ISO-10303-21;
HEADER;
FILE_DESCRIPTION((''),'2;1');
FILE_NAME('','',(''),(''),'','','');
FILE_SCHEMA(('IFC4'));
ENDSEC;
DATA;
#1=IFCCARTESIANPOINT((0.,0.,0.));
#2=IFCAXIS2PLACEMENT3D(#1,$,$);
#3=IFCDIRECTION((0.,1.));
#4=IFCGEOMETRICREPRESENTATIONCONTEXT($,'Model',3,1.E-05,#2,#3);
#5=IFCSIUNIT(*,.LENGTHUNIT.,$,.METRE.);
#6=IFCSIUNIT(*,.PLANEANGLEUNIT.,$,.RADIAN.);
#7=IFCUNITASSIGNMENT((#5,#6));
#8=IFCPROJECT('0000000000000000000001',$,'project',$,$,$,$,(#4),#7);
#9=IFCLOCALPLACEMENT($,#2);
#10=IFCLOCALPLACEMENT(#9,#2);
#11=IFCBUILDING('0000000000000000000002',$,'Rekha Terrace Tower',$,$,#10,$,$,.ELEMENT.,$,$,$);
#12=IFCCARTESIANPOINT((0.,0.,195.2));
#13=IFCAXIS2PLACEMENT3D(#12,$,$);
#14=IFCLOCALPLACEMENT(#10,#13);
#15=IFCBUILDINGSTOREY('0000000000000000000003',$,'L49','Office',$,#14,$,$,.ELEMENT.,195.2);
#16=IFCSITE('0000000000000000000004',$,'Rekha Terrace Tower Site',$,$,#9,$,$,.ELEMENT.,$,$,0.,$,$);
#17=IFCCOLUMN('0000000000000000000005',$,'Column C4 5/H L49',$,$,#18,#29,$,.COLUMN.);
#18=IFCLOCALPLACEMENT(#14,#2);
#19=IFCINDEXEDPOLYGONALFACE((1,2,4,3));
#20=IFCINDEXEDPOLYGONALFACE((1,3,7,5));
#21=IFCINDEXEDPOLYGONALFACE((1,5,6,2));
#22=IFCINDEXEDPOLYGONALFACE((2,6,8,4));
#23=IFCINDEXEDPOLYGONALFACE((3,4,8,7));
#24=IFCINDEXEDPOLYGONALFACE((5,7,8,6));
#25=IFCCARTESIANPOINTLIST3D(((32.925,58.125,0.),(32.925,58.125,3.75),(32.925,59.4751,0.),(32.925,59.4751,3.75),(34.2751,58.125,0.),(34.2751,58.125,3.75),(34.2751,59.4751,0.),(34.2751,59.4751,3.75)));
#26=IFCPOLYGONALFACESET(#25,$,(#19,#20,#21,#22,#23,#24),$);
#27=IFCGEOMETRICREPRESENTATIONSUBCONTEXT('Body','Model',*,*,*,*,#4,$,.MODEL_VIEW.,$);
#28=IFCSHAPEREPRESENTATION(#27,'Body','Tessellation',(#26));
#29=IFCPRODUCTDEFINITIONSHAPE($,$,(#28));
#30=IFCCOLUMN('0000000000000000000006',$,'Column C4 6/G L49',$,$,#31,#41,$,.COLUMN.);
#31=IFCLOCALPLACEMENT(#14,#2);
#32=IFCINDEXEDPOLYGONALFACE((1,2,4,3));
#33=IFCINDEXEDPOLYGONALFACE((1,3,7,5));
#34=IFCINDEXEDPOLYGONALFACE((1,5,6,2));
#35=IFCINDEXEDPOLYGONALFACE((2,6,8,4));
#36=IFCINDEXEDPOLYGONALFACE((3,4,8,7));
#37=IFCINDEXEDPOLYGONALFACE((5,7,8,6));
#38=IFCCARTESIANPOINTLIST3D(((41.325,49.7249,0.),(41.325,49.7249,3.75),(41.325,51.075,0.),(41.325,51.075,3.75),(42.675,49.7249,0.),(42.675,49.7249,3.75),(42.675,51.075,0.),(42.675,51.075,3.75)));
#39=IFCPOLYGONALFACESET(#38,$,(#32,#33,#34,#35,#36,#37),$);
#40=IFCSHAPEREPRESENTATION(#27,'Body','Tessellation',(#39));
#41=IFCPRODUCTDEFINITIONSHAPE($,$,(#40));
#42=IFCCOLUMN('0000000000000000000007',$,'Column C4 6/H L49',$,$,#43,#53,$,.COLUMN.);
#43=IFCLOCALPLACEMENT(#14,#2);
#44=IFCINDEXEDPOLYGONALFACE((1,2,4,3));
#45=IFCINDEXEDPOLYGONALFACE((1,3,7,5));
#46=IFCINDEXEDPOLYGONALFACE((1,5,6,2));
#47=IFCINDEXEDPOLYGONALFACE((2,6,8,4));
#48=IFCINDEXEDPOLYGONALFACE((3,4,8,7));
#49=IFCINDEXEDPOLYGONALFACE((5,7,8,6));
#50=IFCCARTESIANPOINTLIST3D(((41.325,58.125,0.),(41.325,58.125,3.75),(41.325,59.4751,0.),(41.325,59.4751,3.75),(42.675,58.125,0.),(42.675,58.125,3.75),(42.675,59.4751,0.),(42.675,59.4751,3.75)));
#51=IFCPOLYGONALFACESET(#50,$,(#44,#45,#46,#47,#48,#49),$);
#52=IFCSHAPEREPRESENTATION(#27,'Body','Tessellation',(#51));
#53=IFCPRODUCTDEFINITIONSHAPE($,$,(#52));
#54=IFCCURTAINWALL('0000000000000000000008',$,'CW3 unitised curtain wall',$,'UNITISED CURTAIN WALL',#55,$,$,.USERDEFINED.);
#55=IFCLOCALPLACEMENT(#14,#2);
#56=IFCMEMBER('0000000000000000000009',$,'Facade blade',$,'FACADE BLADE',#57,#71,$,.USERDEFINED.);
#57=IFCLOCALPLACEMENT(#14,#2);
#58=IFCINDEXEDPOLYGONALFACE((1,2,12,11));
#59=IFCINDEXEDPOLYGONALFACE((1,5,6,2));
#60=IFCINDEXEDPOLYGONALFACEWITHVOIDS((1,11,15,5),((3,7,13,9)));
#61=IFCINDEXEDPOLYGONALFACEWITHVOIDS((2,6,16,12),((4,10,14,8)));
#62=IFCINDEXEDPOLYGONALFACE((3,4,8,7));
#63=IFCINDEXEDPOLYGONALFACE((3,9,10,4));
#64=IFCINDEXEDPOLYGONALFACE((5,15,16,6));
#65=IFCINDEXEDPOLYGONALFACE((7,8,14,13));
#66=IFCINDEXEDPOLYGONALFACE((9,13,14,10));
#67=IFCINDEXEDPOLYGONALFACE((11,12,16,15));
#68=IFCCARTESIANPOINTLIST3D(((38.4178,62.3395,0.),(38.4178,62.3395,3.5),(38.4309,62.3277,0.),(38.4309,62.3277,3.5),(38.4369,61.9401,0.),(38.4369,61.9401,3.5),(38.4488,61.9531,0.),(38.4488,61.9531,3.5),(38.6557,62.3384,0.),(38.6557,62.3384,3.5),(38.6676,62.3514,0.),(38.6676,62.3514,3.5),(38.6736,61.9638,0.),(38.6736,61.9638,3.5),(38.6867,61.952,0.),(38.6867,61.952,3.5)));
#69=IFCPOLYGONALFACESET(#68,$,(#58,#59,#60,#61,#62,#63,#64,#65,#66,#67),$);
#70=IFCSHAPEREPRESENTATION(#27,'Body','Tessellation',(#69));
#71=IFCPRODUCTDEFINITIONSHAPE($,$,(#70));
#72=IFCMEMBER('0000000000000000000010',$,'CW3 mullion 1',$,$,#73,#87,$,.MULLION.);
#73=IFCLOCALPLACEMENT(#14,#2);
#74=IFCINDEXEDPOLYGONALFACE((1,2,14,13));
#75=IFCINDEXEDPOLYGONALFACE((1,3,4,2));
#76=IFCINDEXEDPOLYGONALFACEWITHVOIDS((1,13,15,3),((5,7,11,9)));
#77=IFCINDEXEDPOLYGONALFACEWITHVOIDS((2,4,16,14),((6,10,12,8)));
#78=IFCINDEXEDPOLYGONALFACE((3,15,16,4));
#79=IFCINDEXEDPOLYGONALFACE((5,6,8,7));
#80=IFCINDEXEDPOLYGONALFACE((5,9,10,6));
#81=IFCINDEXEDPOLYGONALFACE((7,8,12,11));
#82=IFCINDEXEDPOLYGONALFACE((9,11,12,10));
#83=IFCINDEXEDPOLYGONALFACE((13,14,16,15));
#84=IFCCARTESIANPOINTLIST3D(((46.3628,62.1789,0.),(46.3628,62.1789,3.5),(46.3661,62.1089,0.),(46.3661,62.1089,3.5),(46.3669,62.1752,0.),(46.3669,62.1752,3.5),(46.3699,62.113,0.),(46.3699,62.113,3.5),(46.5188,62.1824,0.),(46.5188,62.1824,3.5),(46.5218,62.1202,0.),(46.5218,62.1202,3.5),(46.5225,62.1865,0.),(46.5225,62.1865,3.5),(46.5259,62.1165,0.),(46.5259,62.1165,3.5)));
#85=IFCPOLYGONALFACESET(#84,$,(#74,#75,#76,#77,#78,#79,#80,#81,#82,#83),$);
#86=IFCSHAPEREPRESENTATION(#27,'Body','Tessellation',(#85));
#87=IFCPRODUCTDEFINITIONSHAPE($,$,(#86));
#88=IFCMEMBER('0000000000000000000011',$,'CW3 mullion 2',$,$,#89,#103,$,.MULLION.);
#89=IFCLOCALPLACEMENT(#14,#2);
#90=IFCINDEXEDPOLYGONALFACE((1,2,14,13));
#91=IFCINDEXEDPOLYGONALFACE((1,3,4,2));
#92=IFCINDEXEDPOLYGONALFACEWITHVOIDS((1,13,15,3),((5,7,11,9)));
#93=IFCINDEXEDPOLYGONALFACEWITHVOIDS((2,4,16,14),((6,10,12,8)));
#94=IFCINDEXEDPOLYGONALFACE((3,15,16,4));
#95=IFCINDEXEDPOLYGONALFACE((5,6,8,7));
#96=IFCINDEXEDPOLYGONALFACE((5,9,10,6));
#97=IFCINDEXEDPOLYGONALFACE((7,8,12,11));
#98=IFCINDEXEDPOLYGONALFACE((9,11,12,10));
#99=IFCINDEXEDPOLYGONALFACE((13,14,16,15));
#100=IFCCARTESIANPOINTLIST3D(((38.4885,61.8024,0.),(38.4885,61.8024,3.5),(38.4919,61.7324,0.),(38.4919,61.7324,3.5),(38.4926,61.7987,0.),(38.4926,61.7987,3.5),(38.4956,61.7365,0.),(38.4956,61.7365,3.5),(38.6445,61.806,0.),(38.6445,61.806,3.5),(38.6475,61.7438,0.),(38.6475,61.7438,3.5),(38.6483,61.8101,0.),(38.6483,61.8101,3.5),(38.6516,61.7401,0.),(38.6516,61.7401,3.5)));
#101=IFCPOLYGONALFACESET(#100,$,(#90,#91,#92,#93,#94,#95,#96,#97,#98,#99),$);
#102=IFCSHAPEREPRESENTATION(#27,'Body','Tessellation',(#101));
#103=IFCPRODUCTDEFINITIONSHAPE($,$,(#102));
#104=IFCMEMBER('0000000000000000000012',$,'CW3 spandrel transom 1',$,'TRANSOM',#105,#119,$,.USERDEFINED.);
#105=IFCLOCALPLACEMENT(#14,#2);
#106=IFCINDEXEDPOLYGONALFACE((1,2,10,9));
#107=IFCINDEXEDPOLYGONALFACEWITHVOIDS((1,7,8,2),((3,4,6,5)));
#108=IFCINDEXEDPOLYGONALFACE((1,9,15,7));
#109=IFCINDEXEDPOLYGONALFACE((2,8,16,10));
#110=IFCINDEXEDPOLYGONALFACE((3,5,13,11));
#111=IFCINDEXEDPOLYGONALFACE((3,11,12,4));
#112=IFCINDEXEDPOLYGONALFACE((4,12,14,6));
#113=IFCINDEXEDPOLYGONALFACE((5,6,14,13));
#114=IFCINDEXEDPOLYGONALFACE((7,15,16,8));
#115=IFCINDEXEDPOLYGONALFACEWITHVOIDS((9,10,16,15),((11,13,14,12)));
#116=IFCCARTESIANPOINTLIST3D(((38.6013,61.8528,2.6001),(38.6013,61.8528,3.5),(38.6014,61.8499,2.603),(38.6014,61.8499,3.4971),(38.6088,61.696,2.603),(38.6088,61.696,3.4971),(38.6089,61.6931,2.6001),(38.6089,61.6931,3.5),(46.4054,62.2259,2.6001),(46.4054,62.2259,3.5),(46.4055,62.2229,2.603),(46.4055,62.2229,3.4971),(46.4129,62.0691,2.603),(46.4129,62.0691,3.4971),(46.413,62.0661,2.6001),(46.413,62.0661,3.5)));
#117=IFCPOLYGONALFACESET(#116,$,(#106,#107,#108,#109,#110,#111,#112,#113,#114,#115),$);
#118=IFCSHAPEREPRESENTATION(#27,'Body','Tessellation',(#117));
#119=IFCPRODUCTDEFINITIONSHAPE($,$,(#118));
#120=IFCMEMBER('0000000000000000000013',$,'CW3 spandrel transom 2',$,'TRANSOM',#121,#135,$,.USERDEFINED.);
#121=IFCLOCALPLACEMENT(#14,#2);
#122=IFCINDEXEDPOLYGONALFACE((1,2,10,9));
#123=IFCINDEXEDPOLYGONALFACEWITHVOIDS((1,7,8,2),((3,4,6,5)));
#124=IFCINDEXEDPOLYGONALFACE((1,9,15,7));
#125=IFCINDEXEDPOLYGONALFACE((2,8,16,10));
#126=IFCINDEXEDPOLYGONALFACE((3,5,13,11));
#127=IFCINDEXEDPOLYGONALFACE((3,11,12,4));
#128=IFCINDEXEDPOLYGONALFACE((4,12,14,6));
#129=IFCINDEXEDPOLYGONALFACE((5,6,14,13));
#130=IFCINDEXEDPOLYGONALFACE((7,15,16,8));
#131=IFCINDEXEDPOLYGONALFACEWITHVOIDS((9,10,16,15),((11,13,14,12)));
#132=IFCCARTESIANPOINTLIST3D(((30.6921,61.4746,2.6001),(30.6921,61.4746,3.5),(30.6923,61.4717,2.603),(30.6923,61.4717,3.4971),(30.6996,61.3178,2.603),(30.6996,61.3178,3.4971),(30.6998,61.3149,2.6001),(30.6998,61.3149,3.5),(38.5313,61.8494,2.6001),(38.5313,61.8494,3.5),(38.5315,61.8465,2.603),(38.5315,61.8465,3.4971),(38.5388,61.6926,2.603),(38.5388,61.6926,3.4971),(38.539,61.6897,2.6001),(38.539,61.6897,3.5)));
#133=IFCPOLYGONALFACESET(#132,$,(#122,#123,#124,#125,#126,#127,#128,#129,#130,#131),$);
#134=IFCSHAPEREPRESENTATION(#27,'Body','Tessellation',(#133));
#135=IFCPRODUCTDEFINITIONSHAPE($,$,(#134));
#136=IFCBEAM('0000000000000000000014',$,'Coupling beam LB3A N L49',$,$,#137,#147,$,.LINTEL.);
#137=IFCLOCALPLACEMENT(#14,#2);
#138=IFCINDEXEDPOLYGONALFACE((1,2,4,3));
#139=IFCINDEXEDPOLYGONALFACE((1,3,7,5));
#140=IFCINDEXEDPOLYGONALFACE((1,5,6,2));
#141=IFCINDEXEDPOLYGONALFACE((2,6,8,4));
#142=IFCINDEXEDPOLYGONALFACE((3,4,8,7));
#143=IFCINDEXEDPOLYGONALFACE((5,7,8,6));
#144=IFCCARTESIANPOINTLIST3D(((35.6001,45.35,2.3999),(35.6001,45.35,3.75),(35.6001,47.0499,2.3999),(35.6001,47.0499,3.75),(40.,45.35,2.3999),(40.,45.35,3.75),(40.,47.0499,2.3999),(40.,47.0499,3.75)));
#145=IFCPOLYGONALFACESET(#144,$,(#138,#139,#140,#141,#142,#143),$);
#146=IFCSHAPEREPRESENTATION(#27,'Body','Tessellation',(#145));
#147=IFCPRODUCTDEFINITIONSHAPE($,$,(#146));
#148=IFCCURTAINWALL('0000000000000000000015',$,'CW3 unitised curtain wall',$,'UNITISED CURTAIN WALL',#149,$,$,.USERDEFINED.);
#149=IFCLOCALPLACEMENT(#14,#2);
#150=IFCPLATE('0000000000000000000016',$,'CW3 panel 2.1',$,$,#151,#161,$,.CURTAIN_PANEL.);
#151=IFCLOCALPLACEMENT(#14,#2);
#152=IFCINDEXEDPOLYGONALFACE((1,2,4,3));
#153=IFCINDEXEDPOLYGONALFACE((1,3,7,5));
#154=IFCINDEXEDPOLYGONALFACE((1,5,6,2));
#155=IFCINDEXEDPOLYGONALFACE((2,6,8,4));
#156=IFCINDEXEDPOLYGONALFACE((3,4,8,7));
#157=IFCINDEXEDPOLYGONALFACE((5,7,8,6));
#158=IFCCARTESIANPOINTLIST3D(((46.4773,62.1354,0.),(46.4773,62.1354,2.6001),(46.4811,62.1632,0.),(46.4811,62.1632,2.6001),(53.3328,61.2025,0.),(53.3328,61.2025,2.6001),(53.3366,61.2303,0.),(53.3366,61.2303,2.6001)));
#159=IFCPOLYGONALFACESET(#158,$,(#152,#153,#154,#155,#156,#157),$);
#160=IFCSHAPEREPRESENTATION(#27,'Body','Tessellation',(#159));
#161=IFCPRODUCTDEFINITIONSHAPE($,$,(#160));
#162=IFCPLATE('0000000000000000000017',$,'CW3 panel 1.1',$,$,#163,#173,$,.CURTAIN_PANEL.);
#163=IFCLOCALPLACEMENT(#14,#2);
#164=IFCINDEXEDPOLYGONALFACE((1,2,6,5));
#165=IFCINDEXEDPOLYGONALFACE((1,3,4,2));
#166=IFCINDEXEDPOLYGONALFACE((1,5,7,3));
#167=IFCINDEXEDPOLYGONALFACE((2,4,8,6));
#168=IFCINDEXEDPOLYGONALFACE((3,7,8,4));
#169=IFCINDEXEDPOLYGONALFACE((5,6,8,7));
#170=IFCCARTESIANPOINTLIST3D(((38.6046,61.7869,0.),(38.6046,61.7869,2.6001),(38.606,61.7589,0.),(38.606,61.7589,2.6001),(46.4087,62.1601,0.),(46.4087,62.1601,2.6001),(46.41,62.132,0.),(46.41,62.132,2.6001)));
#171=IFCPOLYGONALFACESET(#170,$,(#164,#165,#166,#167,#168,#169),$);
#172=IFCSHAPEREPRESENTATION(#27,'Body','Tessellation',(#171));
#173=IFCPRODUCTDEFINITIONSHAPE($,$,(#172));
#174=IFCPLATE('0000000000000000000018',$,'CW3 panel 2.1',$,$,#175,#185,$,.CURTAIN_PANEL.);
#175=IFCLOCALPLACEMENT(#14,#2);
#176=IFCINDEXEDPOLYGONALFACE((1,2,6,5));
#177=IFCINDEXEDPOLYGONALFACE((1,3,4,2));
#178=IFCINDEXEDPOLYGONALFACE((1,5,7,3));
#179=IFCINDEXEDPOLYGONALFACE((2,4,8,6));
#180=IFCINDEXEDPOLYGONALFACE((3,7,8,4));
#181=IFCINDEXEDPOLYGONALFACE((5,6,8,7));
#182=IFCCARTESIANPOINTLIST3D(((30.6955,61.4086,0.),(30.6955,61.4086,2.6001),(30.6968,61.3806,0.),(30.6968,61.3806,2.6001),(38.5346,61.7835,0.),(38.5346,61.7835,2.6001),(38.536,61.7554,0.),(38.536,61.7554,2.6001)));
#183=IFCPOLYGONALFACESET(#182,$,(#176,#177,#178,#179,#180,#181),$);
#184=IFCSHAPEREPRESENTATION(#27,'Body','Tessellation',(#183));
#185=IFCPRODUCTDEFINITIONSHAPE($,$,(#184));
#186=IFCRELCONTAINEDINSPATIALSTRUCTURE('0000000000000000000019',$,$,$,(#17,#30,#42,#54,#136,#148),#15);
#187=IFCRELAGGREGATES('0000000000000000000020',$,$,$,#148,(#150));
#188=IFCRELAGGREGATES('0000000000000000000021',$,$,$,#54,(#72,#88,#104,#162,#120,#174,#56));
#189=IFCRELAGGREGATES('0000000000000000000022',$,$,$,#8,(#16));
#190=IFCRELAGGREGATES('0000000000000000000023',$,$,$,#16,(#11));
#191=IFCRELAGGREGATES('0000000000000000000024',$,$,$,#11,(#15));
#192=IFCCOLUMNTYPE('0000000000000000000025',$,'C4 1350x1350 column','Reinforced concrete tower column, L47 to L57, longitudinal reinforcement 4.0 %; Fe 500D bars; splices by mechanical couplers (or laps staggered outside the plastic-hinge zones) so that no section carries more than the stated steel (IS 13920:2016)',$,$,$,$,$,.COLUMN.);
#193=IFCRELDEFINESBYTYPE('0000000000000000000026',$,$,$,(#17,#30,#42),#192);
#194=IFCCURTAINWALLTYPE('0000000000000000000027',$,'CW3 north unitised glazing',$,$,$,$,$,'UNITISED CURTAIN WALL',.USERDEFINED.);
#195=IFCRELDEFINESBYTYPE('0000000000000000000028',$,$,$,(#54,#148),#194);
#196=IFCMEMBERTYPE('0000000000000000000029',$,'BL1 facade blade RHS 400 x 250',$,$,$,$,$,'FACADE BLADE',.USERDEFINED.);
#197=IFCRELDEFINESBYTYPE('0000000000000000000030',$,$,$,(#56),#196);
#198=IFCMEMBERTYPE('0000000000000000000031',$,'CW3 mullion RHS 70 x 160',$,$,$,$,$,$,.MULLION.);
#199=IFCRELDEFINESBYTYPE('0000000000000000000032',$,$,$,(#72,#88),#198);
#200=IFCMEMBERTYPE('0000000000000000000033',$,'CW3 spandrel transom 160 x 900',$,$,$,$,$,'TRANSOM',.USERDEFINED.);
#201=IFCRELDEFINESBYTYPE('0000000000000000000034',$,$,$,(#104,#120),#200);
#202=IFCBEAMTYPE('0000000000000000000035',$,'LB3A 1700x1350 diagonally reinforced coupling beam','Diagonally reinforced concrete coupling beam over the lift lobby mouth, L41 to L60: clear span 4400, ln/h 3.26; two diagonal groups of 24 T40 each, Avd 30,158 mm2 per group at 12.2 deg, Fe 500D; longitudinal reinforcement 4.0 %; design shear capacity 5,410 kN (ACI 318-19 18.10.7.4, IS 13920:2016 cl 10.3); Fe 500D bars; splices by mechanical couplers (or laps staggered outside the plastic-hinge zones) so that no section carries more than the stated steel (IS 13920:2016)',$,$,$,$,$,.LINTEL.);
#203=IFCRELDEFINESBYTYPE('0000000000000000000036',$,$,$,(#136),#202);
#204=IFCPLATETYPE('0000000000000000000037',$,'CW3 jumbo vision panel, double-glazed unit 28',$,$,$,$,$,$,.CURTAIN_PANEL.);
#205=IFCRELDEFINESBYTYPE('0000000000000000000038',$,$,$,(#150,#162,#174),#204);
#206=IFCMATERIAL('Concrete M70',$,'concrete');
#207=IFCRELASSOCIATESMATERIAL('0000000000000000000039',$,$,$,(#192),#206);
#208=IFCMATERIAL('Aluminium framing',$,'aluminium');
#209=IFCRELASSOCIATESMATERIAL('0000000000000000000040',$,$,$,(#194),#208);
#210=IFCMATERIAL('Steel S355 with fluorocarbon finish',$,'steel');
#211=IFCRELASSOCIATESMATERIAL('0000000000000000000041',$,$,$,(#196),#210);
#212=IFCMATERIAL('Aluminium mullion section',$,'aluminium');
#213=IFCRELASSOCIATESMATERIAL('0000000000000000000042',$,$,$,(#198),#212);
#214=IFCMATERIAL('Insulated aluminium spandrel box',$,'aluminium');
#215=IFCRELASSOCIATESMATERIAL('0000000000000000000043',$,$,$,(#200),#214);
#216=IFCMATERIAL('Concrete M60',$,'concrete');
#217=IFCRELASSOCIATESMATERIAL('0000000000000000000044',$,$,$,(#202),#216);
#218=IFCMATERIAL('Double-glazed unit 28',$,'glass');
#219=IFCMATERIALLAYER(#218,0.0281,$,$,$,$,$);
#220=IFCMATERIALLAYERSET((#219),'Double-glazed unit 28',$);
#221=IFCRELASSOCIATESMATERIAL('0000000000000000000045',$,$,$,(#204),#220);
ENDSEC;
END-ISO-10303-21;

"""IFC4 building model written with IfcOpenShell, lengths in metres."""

from ifc_helpers import new_model, si_unit, direction, frame, origin, origin_2d, place, context, subcontext, project, spatial, rectangle, hollow_rectangle, extrude, material, layer, layer_set, material_profile, profile_set, type_object, element, aggregate, save


model = new_model("IFC4")

# Units and contexts
model_context = context("Model", 3, precision=1e-05, world=origin(), true_north=direction((0.0, 1.0)))
body_context = subcontext(model_context, "Body", "Model", "MODEL_VIEW")
ifc_project = project(units=[si_unit("LENGTHUNIT", "METRE"), si_unit("PLANEANGLEUNIT", "RADIAN")], contexts=[model_context])

# Site, building, storey
site_placement = place(None, origin())
site = spatial("IfcSite", under=ifc_project, at=site_placement, Name="Rekha Terrace Tower Site", CompositionType="ELEMENT", RefElevation=0.0)
building_placement = place(site_placement, origin())
building = spatial("IfcBuilding", under=site, at=building_placement, Name="Rekha Terrace Tower", CompositionType="ELEMENT")
storey_placement = place(building_placement, frame((0.0, 0.0, 195.2)))
storey = spatial("IfcBuildingStorey", under=building, at=storey_placement, Name="L49", Description="Office", CompositionType="ELEMENT", Elevation=195.2)

# Columns
ifc_material_1 = material(Name="Concrete M70", Category="concrete")
ifc_material_profile_1 = material_profile(ifc_material_1, rectangle(XDim=1.3501, YDim=1.3501, at=origin_2d()), Name="RC 1350x1350")
ifc_profile_set_1 = profile_set([ifc_material_profile_1], Name="Concrete M70")
column_type = type_object("IfcColumnType", Name="C4 1350x1350 column", Description="Reinforced concrete tower column, L47 to L57, longitudinal reinforcement 4.0 %; Fe 500D bars; splices by mechanical couplers (or laps staggered outside the plastic-hinge zones) so that no section carries more than the stated steel (IS 13920:2016)", PredefinedType="COLUMN", material=ifc_profile_set_1)
for number, where, z_axis, x_axis, name in (
    (1, (33.6001, 58.8, 0.0), (0.0, 0.0, 1.0), (1.0, 0.0, 0.0), "Column C4 5/H L49"),
    (2, (42.0, 50.3999, 0.0), (0.0, 0.0, 1.0), (1.0, 0.0, 0.0), "Column C4 6/G L49"),
    (3, (42.0, 58.8, 0.0), (0.0, 0.0, 1.0), (1.0, 0.0, 0.0), "Column C4 6/H L49"),
):
    element("IfcColumn", number, at=place(storey_placement, frame(where, z_axis=z_axis, x_axis=x_axis)), inside=storey, type_object=column_type, Name=name, PredefinedType="COLUMN", context=body_context, shape_type="SweptSolid", body=[
        extrude(rectangle(XDim=1.3501, YDim=1.3501, at=origin_2d()), origin(), (0.0, 0.0, 1.0), 3.75),
    ])

# Curtain wall, members
ifc_material_2 = material(Name="Aluminium framing", Category="aluminium")
curtain_wall_type = type_object("IfcCurtainWallType", Name="CW3 north unitised glazing", ElementType="UNITISED CURTAIN WALL", PredefinedType="USERDEFINED", material=ifc_material_2)
curtain_wall_1_placement = place(storey_placement, origin())
curtain_wall_1 = element("IfcCurtainWall", 4, at=curtain_wall_1_placement, inside=storey, type_object=curtain_wall_type, Name="CW3 unitised curtain wall", ObjectType="UNITISED CURTAIN WALL", PredefinedType="USERDEFINED")
ifc_material_3 = material(Name="Steel S355 with fluorocarbon finish", Category="steel")
ifc_material_profile_2 = material_profile(ifc_material_3, hollow_rectangle(XDim=0.25, YDim=0.3999, WallThickness=0.0125, at=origin_2d()), Name="RHS400x250x12.5")
ifc_profile_set_2 = profile_set([ifc_material_profile_2], Name="Steel S355 with fluorocarbon finish")
member_type_1 = type_object("IfcMemberType", Name="BL1 facade blade RHS 400 x 250", ElementType="FACADE BLADE", PredefinedType="USERDEFINED", material=ifc_profile_set_2)
member_1_placement = place(storey_placement, frame((38.5522, 62.1458, 0.0), z_axis=(0.0, 0.0, 1.0), x_axis=(-0.998859, -0.047758, 0.0)))
member_1 = element("IfcMember", 5, at=member_1_placement, type_object=member_type_1, Name="Facade blade", ObjectType="FACADE BLADE", PredefinedType="USERDEFINED", context=body_context, shape_type="SweptSolid", body=[
    extrude(hollow_rectangle(XDim=0.25, YDim=0.3999, WallThickness=0.0125, at=origin_2d()), origin(), (0.0, 0.0, 1.0), 3.5),
])
ifc_material_4 = material(Name="Aluminium mullion section", Category="aluminium")
ifc_material_profile_3 = material_profile(ifc_material_4, hollow_rectangle(XDim=0.0701, YDim=0.1599, WallThickness=0.0039, at=origin_2d()), Name="AL RHS 70x160")
ifc_profile_set_3 = profile_set([ifc_material_profile_3], Name="Aluminium mullion section")
member_type_2 = type_object("IfcMemberType", Name="CW3 mullion RHS 70 x 160", PredefinedType="MULLION", material=ifc_profile_set_3)
member_2_placement = place(storey_placement, frame((46.4443, 62.1477, 0.0), z_axis=(0.0, 0.0, 1.0), x_axis=(0.047759, -0.998859, 0.0)))
member_2 = element("IfcMember", 6, at=member_2_placement, type_object=member_type_2, Name="CW3 mullion 1", PredefinedType="MULLION", context=body_context, shape_type="SweptSolid", body=[
    extrude(hollow_rectangle(XDim=0.0701, YDim=0.1599, WallThickness=0.0039, at=origin_2d()), origin(), (0.0, 0.0, 1.0), 3.5),
])
member_3_placement = place(storey_placement, frame((38.5701, 61.7712, 0.0), z_axis=(0.0, 0.0, 1.0), x_axis=(0.047759, -0.998859, 0.0)))
member_3 = element("IfcMember", 7, at=member_3_placement, type_object=member_type_2, Name="CW3 mullion 2", PredefinedType="MULLION", context=body_context, shape_type="SweptSolid", body=[
    extrude(hollow_rectangle(XDim=0.0701, YDim=0.1599, WallThickness=0.0039, at=origin_2d()), origin(), (0.0, 0.0, 1.0), 3.5),
])
ifc_material_5 = material(Name="Insulated aluminium spandrel box", Category="aluminium")
ifc_material_profile_4 = material_profile(ifc_material_5, hollow_rectangle(XDim=0.1599, YDim=0.8999, WallThickness=0.0029, at=origin_2d()), Name="AL SPANDREL BOX 160x900")
ifc_profile_set_4 = profile_set([ifc_material_profile_4], Name="Insulated aluminium spandrel box")
member_type_3 = type_object("IfcMemberType", Name="CW3 spandrel transom 160 x 900", ElementType="TRANSOM", PredefinedType="USERDEFINED", material=ifc_profile_set_4)
member_4_placement = place(storey_placement, frame((46.4092, 62.146, 3.05), z_axis=(-0.998859, -0.047748, 0.0), x_axis=(0.047748, -0.998859, 0.0)))
member_4 = element("IfcMember", 8, at=member_4_placement, type_object=member_type_3, Name="CW3 spandrel transom 1", ObjectType="TRANSOM", PredefinedType="USERDEFINED", context=body_context, shape_type="SweptSolid", body=[
    extrude(hollow_rectangle(XDim=0.1599, YDim=0.8999, WallThickness=0.0029, at=origin_2d()), origin(), (0.0, 0.0, 1.0), 7.813),
])
member_5_placement = place(storey_placement, frame((38.5352, 61.7695, 3.05), z_axis=(-0.998859, -0.047751, 0.0), x_axis=(0.047751, -0.998859, 0.0)))
member_5 = element("IfcMember", 9, at=member_5_placement, type_object=member_type_3, Name="CW3 spandrel transom 2", ObjectType="TRANSOM", PredefinedType="USERDEFINED", context=body_context, shape_type="SweptSolid", body=[
    extrude(hollow_rectangle(XDim=0.1599, YDim=0.8999, WallThickness=0.0029, at=origin_2d()), origin(), (0.0, 0.0, 1.0), 7.8481),
])

# Beam
ifc_material_6 = material(Name="Concrete M60", Category="concrete")
ifc_material_profile_5 = material_profile(ifc_material_6, rectangle(XDim=1.7, YDim=1.3501, at=origin_2d()), Name="RC 1700x1350")
ifc_profile_set_5 = profile_set([ifc_material_profile_5], Name="Concrete M60")
beam_type = type_object("IfcBeamType", Name="LB3A 1700x1350 diagonally reinforced coupling beam", Description="Diagonally reinforced concrete coupling beam over the lift lobby mouth, L41 to L60: clear span 4400, ln/h 3.26; two diagonal groups of 24 T40 each, Avd 30,158 mm2 per group at 12.2 deg, Fe 500D; longitudinal reinforcement 4.0 %; design shear capacity 5,410 kN (ACI 318-19 18.10.7.4, IS 13920:2016 cl 10.3); Fe 500D bars; splices by mechanical couplers (or laps staggered outside the plastic-hinge zones) so that no section carries more than the stated steel (IS 13920:2016)", PredefinedType="LINTEL", material=ifc_profile_set_5)
beam_placement = place(storey_placement, frame((35.6001, 46.2, 3.075), z_axis=(1.0, 0.0, 0.0), x_axis=(0.0, 1.0, 0.0)))
element("IfcBeam", 10, at=beam_placement, inside=storey, type_object=beam_type, Name="Coupling beam LB3A N L49", PredefinedType="LINTEL", context=body_context, shape_type="SweptSolid", body=[
    extrude(rectangle(XDim=1.7, YDim=1.3501, at=origin_2d()), origin(), (0.0, 0.0, 1.0), 4.3999),
])

# Curtain wall, plate
curtain_wall_2_placement = place(storey_placement, origin())
curtain_wall_2 = element("IfcCurtainWall", 11, at=curtain_wall_2_placement, inside=storey, type_object=curtain_wall_type, Name="CW3 unitised curtain wall", ObjectType="UNITISED CURTAIN WALL", PredefinedType="USERDEFINED")
ifc_material_7 = material(Name="Double-glazed unit 28", Category="glass")
ifc_layer_1 = layer(ifc_material_7, 0.0281)
ifc_layer_set_1 = layer_set([ifc_layer_1], Name="Double-glazed unit 28")
plate_type = type_object("IfcPlateType", Name="CW3 jumbo vision panel, double-glazed unit 28", PredefinedType="CURTAIN_PANEL", material=ifc_layer_set_1)
plate_1_placement = place(storey_placement, frame((49.907, 61.6829, 0.0), z_axis=(0.0, 0.0, 1.0), x_axis=(-0.990867, 0.134841, 0.0)))
plate_1 = element("IfcPlate", 12, at=plate_1_placement, type_object=plate_type, Name="CW3 panel 2.1", PredefinedType="CURTAIN_PANEL", context=body_context, shape_type="SweptSolid", body=[
    extrude(rectangle(XDim=6.9187, YDim=0.0281, at=origin_2d()), origin(), (0.0, 0.0, 1.0), 2.6001),
])
aggregate(curtain_wall_2, [plate_1])

# Plates
plate_2_placement = place(storey_placement, frame((42.5073, 61.9595, 0.0), z_axis=(0.0, 0.0, 1.0), x_axis=(-0.998859, -0.047759, 0.0)))
plate_2 = element("IfcPlate", 13, at=plate_2_placement, type_object=plate_type, Name="CW3 panel 1.1", PredefinedType="CURTAIN_PANEL", context=body_context, shape_type="SweptSolid", body=[
    extrude(rectangle(XDim=7.813, YDim=0.0281, at=origin_2d()), origin(), (0.0, 0.0, 1.0), 2.6001),
])
plate_3_placement = place(storey_placement, frame((34.6157, 61.582, 0.0), z_axis=(0.0, 0.0, 1.0), x_axis=(-0.998859, -0.047759, 0.0)))
plate_3 = element("IfcPlate", 14, at=plate_3_placement, type_object=plate_type, Name="CW3 panel 2.1", PredefinedType="CURTAIN_PANEL", context=body_context, shape_type="SweptSolid", body=[
    extrude(rectangle(XDim=7.8481, YDim=0.0281, at=origin_2d()), origin(), (0.0, 0.0, 1.0), 2.6001),
])
aggregate(curtain_wall_1, [member_2, member_3, member_4, plate_2, member_5, plate_3, member_1])

save(model, "model.ifc")
